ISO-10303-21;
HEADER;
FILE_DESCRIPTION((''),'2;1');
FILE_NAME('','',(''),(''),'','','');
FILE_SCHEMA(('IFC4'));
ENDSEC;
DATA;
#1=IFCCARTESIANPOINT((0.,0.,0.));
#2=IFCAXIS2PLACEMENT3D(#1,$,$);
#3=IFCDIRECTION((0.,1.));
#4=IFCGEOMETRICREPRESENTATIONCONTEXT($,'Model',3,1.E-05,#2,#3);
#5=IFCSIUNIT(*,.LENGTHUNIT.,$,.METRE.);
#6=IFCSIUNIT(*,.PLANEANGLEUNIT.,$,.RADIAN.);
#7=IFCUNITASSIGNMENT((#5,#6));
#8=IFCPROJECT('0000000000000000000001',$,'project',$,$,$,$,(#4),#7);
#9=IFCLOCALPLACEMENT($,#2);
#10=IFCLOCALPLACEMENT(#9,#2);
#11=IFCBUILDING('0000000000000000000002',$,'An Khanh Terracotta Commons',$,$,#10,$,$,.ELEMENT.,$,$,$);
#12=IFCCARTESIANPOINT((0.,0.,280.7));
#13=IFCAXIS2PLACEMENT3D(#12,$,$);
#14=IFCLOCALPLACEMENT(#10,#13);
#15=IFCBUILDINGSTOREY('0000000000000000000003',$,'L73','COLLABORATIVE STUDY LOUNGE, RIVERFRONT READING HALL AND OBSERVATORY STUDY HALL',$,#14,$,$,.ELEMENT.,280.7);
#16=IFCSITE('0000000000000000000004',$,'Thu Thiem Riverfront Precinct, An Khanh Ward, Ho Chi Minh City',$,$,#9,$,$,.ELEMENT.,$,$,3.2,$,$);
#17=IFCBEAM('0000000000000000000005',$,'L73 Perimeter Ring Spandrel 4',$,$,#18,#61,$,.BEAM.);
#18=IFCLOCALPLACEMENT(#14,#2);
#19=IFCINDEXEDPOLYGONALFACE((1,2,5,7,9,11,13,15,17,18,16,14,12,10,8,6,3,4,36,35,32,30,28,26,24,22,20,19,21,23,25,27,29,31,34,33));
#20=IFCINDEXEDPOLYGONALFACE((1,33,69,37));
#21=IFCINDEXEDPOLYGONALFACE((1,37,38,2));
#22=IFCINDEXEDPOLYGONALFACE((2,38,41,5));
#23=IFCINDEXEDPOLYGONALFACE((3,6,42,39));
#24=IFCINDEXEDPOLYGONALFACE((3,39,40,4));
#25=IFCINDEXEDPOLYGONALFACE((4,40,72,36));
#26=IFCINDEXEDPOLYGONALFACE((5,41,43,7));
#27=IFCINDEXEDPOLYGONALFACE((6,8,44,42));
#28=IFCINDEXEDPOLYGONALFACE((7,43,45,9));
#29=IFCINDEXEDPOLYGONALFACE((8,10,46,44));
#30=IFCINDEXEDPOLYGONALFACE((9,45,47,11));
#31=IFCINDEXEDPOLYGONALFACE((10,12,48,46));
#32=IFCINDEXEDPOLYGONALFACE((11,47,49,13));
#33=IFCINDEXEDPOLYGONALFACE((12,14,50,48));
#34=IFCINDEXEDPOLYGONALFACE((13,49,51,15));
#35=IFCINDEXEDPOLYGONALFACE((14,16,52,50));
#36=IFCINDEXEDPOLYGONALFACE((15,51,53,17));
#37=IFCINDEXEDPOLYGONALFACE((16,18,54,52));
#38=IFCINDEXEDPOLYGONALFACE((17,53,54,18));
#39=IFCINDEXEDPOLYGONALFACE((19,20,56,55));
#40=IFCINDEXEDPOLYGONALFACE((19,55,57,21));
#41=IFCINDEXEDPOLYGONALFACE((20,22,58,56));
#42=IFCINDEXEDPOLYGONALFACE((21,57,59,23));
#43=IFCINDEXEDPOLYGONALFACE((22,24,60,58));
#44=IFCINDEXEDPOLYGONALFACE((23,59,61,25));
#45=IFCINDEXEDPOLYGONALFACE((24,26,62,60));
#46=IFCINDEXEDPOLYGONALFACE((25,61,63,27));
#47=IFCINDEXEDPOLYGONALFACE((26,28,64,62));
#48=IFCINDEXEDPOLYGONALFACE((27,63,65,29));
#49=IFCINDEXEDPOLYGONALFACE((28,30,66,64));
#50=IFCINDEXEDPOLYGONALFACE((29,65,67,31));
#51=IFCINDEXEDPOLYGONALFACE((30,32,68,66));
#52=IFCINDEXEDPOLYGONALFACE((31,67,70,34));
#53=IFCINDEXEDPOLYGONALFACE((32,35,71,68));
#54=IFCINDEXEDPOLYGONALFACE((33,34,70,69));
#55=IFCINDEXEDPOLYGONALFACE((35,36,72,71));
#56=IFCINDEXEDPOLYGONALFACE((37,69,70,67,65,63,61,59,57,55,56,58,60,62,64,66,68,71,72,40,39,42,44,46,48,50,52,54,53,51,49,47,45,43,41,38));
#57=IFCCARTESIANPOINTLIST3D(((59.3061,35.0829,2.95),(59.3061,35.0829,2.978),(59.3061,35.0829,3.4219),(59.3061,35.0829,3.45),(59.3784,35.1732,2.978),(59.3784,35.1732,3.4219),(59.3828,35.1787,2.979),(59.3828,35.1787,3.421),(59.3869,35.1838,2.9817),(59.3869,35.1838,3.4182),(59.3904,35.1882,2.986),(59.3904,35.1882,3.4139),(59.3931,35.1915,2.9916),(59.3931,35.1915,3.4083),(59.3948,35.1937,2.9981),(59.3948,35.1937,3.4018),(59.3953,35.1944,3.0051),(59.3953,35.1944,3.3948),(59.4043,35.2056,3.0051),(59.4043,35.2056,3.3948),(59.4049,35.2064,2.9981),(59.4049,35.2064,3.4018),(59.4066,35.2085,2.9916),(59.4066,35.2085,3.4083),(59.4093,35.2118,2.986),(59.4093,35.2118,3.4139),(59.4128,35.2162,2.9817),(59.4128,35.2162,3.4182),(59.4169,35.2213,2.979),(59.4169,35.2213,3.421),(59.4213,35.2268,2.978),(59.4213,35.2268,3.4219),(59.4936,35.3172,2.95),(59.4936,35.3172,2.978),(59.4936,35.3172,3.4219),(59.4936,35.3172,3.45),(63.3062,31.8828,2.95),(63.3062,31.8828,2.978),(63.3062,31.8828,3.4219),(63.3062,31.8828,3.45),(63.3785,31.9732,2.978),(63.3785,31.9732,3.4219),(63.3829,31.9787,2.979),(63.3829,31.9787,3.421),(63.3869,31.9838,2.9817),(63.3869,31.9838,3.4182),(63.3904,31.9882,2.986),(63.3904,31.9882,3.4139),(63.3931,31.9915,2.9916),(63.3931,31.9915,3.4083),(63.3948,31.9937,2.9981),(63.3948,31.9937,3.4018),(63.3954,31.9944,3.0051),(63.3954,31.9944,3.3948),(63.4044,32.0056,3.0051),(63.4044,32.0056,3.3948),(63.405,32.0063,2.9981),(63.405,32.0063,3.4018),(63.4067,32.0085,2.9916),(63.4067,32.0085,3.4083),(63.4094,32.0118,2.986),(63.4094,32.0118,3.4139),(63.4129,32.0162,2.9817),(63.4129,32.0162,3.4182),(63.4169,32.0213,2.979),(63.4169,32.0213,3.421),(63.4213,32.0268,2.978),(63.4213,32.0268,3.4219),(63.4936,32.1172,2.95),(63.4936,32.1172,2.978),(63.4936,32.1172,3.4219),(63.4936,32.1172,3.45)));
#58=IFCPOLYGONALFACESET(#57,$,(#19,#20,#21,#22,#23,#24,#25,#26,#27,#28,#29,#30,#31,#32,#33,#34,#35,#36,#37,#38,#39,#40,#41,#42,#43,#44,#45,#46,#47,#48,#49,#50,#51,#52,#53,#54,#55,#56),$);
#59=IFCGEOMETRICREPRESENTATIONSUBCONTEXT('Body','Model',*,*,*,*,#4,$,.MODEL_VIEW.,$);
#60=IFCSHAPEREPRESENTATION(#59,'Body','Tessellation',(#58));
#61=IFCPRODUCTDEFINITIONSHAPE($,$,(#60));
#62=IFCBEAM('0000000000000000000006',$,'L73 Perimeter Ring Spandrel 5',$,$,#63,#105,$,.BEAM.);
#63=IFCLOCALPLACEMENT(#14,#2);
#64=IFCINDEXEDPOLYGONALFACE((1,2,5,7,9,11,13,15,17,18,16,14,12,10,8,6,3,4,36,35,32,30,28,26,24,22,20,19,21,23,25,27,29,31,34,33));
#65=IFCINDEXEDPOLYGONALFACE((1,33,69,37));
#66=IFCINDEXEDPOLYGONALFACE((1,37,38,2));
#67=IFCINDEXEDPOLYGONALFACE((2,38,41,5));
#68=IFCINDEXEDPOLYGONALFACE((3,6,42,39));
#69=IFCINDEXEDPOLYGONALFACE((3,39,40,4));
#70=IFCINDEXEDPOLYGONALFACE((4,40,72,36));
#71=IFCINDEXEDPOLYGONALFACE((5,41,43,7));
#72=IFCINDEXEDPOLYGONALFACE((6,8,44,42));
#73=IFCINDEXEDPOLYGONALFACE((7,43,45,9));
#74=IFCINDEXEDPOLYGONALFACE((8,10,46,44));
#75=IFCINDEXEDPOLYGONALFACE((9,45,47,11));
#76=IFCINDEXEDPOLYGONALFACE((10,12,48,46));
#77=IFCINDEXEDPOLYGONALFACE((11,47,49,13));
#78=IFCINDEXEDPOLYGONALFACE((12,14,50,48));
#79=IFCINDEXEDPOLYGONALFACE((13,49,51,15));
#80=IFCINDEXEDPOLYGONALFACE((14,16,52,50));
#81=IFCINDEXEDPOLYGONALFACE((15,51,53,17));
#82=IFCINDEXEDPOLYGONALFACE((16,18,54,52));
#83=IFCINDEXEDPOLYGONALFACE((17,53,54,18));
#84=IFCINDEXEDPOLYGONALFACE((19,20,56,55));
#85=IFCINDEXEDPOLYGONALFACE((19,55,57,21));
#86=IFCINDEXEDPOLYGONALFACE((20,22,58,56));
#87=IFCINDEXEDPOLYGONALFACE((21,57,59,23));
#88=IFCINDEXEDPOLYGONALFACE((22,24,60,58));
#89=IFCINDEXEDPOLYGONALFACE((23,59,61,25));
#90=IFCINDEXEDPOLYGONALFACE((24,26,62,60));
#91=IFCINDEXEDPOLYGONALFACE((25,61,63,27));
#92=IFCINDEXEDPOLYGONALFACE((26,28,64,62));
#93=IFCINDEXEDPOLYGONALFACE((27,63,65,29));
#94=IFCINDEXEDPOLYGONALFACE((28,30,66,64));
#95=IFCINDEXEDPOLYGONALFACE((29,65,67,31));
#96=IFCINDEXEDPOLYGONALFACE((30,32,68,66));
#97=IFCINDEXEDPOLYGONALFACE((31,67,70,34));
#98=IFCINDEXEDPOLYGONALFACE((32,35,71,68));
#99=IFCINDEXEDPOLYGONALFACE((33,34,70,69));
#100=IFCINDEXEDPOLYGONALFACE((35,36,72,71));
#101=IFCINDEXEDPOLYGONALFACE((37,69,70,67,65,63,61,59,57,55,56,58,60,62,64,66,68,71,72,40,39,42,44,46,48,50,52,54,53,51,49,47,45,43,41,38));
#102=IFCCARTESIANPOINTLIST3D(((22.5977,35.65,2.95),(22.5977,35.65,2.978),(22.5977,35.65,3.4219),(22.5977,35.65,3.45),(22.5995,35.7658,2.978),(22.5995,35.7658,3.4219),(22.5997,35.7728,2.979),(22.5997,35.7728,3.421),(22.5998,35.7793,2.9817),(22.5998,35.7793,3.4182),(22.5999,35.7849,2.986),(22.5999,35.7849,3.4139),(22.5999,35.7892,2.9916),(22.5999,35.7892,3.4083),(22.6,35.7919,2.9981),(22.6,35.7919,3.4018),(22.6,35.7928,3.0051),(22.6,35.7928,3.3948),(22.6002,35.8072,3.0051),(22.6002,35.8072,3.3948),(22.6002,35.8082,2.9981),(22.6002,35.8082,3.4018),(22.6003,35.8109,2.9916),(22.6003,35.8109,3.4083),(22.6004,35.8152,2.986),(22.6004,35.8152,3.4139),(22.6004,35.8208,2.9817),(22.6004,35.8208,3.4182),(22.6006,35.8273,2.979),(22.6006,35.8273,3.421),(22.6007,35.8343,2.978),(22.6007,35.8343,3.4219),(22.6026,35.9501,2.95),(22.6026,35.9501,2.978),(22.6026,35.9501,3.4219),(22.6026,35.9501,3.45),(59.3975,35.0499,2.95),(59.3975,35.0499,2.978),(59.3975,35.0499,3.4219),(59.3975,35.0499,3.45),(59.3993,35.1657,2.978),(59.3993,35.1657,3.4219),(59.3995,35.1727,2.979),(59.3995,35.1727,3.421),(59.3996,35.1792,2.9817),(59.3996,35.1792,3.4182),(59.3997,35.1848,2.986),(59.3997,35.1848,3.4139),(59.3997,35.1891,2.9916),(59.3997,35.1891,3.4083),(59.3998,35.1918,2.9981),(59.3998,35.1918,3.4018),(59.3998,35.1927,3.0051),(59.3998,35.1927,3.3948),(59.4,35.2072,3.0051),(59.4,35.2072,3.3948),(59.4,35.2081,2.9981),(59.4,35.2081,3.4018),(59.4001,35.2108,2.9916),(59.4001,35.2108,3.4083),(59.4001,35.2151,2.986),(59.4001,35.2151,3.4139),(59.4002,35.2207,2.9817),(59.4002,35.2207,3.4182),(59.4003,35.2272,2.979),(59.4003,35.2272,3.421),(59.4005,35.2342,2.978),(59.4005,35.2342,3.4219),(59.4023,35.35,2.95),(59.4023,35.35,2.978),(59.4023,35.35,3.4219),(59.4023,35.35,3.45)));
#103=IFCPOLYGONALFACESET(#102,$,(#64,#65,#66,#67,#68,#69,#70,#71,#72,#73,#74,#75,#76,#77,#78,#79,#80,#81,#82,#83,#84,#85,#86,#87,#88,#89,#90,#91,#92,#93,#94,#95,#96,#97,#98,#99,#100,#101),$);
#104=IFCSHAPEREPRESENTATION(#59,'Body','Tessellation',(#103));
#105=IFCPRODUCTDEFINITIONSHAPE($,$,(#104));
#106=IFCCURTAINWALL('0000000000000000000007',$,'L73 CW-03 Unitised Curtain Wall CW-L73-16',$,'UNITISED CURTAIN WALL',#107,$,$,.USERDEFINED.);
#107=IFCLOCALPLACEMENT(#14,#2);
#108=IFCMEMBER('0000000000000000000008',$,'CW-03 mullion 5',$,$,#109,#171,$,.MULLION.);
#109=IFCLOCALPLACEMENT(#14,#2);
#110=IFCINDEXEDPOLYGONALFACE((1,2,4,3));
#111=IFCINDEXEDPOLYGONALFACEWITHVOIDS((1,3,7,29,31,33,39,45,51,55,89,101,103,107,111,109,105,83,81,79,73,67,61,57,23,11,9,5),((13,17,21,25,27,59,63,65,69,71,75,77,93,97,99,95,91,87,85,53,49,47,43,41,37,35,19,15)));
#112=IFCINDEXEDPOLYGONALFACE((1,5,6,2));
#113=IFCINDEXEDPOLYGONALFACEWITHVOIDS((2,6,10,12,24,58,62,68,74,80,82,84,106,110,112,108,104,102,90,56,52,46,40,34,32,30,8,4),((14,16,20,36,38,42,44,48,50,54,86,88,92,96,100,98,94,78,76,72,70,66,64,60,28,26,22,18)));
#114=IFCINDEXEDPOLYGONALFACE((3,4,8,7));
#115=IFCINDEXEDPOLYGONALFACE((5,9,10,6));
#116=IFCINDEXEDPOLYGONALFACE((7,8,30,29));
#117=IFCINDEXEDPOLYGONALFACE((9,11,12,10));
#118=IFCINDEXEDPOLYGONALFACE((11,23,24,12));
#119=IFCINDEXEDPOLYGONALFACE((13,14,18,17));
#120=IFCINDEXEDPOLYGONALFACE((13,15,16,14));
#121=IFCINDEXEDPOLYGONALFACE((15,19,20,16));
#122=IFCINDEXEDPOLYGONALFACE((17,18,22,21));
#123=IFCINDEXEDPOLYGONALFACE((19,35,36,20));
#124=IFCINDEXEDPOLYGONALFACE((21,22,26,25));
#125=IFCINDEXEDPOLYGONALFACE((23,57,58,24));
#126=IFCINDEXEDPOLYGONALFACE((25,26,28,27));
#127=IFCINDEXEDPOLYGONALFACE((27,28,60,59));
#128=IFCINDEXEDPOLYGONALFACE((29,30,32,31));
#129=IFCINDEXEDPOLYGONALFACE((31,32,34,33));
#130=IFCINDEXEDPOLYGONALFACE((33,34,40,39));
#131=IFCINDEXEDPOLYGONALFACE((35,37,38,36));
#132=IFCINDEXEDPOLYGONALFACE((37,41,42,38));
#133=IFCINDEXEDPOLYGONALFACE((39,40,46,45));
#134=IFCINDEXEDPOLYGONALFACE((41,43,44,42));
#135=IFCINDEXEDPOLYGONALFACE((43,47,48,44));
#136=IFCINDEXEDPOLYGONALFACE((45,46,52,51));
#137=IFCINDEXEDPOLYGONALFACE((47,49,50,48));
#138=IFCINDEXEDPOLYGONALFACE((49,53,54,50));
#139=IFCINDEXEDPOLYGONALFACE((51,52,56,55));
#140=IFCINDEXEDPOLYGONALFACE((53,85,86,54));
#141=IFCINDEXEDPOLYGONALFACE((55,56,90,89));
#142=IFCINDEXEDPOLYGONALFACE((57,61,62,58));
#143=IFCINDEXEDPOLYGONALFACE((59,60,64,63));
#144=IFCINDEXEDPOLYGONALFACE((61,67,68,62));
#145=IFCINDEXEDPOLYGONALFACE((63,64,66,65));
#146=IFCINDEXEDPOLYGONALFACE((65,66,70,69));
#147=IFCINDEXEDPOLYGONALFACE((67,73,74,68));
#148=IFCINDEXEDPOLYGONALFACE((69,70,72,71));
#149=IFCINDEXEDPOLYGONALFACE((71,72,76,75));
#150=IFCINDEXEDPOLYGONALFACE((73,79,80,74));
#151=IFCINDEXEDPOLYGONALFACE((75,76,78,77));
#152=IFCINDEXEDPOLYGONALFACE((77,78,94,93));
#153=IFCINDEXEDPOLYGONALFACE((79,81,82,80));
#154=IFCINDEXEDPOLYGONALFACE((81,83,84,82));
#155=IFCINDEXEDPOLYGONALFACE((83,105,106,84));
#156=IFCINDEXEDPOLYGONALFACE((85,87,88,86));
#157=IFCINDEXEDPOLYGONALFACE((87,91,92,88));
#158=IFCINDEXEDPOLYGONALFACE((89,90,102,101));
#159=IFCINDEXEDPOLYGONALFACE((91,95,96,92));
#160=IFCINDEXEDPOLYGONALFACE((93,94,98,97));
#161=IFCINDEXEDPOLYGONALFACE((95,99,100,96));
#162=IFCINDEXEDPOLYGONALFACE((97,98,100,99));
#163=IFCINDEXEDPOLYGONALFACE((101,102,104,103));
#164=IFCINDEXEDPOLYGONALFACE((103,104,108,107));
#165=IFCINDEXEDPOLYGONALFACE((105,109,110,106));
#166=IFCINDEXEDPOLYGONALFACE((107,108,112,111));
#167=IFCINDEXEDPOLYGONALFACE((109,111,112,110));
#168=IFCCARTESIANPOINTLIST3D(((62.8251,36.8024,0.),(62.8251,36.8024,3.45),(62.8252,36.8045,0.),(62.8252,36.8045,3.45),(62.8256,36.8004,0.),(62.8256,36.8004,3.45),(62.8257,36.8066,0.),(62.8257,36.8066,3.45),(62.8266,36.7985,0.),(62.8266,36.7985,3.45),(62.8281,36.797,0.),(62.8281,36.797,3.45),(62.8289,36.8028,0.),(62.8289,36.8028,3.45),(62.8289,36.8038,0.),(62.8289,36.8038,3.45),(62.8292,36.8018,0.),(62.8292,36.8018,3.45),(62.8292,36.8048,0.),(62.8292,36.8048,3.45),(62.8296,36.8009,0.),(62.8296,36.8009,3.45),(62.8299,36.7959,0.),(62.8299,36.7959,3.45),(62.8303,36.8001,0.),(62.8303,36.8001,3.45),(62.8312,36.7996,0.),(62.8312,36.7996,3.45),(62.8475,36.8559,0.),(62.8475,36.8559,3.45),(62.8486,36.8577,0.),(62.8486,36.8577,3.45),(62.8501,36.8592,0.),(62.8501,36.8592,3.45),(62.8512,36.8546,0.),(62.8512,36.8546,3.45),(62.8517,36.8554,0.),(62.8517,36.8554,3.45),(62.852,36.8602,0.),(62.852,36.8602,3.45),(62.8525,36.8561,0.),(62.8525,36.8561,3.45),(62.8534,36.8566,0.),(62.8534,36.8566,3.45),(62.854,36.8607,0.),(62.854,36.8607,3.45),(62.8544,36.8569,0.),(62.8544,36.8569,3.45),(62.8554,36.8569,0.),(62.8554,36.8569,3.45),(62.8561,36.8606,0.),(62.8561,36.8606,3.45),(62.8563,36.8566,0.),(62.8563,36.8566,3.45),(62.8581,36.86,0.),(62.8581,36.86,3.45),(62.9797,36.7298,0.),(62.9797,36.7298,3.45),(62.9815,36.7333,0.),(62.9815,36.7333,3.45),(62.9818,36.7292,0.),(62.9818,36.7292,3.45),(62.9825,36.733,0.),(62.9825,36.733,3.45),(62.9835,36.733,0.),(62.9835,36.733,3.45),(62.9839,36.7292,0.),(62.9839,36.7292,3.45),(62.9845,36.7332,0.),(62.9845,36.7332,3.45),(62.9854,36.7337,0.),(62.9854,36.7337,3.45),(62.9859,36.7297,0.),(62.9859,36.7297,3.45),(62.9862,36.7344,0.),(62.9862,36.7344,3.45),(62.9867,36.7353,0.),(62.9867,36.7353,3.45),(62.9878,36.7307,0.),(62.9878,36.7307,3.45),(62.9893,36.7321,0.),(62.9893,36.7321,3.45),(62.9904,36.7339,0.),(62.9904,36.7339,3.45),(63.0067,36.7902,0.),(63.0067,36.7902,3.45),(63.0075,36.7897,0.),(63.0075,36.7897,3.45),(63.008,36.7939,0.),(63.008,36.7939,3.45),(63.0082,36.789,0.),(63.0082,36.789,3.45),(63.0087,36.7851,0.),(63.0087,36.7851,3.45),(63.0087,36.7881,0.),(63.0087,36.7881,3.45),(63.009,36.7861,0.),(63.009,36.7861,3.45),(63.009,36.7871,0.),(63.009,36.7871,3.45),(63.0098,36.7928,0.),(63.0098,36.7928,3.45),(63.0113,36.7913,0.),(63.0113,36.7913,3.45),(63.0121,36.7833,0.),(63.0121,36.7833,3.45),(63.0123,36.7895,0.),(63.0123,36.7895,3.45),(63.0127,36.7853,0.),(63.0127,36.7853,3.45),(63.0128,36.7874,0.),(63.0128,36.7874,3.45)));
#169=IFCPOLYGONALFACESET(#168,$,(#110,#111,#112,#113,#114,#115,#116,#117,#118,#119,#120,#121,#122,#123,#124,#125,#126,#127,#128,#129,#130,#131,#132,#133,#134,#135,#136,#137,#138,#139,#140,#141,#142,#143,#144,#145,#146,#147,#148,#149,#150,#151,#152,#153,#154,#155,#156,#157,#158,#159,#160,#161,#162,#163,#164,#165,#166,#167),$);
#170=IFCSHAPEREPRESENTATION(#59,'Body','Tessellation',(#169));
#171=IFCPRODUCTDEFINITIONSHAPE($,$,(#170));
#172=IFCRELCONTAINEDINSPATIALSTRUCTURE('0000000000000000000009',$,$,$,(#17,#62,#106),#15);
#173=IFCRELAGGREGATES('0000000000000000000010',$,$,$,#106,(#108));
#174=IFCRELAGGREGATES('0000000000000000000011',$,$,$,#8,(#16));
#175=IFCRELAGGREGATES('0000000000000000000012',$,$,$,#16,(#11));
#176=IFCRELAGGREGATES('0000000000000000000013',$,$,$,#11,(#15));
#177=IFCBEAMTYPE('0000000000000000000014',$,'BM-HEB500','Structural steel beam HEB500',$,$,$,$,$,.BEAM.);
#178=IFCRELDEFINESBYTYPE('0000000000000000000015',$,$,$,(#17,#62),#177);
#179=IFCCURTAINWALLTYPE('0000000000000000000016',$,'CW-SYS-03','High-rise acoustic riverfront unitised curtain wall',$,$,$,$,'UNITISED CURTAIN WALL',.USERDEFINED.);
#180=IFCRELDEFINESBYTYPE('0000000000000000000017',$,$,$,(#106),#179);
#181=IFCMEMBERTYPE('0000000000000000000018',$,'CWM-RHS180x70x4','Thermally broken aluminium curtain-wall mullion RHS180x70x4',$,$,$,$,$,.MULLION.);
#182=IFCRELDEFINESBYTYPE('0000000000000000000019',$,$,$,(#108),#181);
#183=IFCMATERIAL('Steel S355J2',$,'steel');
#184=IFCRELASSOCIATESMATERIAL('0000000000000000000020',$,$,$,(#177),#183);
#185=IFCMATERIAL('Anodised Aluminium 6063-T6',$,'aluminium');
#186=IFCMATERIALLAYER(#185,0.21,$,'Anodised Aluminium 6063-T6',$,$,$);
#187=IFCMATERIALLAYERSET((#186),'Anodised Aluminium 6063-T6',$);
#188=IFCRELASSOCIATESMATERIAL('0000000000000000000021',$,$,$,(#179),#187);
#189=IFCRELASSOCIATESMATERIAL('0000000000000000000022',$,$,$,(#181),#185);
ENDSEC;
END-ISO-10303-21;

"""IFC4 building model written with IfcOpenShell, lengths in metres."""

from ifc_helpers import new_model, si_unit, direction, frame, origin, origin_2d, place, context, subcontext, project, spatial, hollow_rectangle, i_section, extrude, material, layer, layer_set, material_profile, profile_set, type_object, element, aggregate, save


model = new_model("IFC4")

# Units and contexts
model_context = context("Model", 3, precision=1e-05, world=origin(), true_north=direction((0.0, 1.0)))
body_context = subcontext(model_context, "Body", "Model", "MODEL_VIEW")
ifc_project = project(units=[si_unit("LENGTHUNIT", "METRE"), si_unit("PLANEANGLEUNIT", "RADIAN")], contexts=[model_context])

# Site, building, storey
site_placement = place(None, origin())
site = spatial("IfcSite", under=ifc_project, at=site_placement, Name="Thu Thiem Riverfront Precinct, An Khanh Ward, Ho Chi Minh City", CompositionType="ELEMENT", RefElevation=3.2)
building_placement = place(site_placement, origin())
building = spatial("IfcBuilding", under=site, at=building_placement, Name="An Khanh Terracotta Commons", CompositionType="ELEMENT")
storey_placement = place(building_placement, frame((0.0, 0.0, 280.7)))
storey = spatial("IfcBuildingStorey", under=building, at=storey_placement, Name="L73", Description="COLLABORATIVE STUDY LOUNGE, RIVERFRONT READING HALL AND OBSERVATORY STUDY HALL", CompositionType="ELEMENT", Elevation=280.7)

# Beams
ifc_material_1 = material(Name="Steel S355J2", Category="steel")
ifc_material_profile_1 = material_profile(ifc_material_1, i_section(OverallWidth=0.3, OverallDepth=0.5, WebThickness=0.0144, FlangeThickness=0.0281, FilletRadius=0.0271, at=origin_2d()), Name="HEB500")
ifc_profile_set_1 = profile_set([ifc_material_profile_1], Name="Steel S355J2")
beam_type_1 = type_object("IfcBeamType", Name="BM-HEB500", Description="Structural steel beam HEB500", PredefinedType="BEAM", material=ifc_profile_set_1)
beam_1_placement = place(storey_placement, frame((63.3999, 32.0, 3.2), z_axis=(-0.780873, 0.624689, 0.0), x_axis=(-0.624689, -0.780873, 0.0)))
element("IfcBeam", 1, at=beam_1_placement, inside=storey, type_object=beam_type_1, Name="L73 Perimeter Ring Spandrel 4", PredefinedType="BEAM", context=body_context, shape_type="SweptSolid", body=[
    extrude(i_section(OverallWidth=0.3, OverallDepth=0.5, WebThickness=0.0144, FlangeThickness=0.0281, FilletRadius=0.0271, at=origin_2d()), origin(), (0.0, 0.0, 1.0), 5.1226),
])
beam_2_placement = place(storey_placement, frame((59.3999, 35.2, 3.2), z_axis=(-0.999867, 0.016305, 0.0), x_axis=(-0.016305, -0.999867, 0.0)))
element("IfcBeam", 2, at=beam_2_placement, inside=storey, type_object=beam_type_1, Name="L73 Perimeter Ring Spandrel 5", PredefinedType="BEAM", context=body_context, shape_type="SweptSolid", body=[
    extrude(i_section(OverallWidth=0.3, OverallDepth=0.5, WebThickness=0.0144, FlangeThickness=0.0281, FilletRadius=0.0271, at=origin_2d()), origin(), (0.0, 0.0, 1.0), 36.8047),
])

# Curtain wall, member
ifc_material_2 = material(Name="Anodised Aluminium 6063-T6", Category="aluminium")
ifc_layer_1 = layer(ifc_material_2, 0.21, Name="Anodised Aluminium 6063-T6")
ifc_layer_set_1 = layer_set([ifc_layer_1], Name="Anodised Aluminium 6063-T6")
curtain_wall_type = type_object("IfcCurtainWallType", Name="CW-SYS-03", Description="High-rise acoustic riverfront unitised curtain wall", ElementType="UNITISED CURTAIN WALL", PredefinedType="USERDEFINED", material=ifc_layer_set_1)
curtain_wall_placement = place(storey_placement, origin())
curtain_wall = element("IfcCurtainWall", 3, at=curtain_wall_placement, inside=storey, type_object=curtain_wall_type, Name="L73 CW-03 Unitised Curtain Wall CW-L73-16", ObjectType="UNITISED CURTAIN WALL", PredefinedType="USERDEFINED")
ifc_material_profile_2 = material_profile(ifc_material_2, hollow_rectangle(XDim=0.0701, YDim=0.1799, WallThickness=0.0039, InnerFilletRadius=0.0039, OuterFilletRadius=0.0081, at=origin_2d()), Name="RHS180x70x4")
ifc_profile_set_2 = profile_set([ifc_material_profile_2], Name="Anodised Aluminium 6063-T6")
member_type_1 = type_object("IfcMemberType", Name="CWM-RHS180x70x4", Description="Thermally broken aluminium curtain-wall mullion RHS180x70x4", PredefinedType="MULLION", material=ifc_profile_set_2)
member_1_placement = place(storey_placement, frame((62.9189, 36.7949, 0.0), z_axis=(0.0, 0.0, 1.0), x_axis=(-0.403676, -0.914902, 0.0)))
member_1 = element("IfcMember", 4, at=member_1_placement, type_object=member_type_1, Name="CW-03 mullion 5", PredefinedType="MULLION", context=body_context, shape_type="SweptSolid", body=[
    extrude(hollow_rectangle(XDim=0.0701, YDim=0.1799, WallThickness=0.0039, InnerFilletRadius=0.0039, OuterFilletRadius=0.0081, at=origin_2d()), origin(), (0.0, 0.0, 1.0), 3.45),
])
aggregate(curtain_wall, [member_1])

save(model, "model.ifc")
